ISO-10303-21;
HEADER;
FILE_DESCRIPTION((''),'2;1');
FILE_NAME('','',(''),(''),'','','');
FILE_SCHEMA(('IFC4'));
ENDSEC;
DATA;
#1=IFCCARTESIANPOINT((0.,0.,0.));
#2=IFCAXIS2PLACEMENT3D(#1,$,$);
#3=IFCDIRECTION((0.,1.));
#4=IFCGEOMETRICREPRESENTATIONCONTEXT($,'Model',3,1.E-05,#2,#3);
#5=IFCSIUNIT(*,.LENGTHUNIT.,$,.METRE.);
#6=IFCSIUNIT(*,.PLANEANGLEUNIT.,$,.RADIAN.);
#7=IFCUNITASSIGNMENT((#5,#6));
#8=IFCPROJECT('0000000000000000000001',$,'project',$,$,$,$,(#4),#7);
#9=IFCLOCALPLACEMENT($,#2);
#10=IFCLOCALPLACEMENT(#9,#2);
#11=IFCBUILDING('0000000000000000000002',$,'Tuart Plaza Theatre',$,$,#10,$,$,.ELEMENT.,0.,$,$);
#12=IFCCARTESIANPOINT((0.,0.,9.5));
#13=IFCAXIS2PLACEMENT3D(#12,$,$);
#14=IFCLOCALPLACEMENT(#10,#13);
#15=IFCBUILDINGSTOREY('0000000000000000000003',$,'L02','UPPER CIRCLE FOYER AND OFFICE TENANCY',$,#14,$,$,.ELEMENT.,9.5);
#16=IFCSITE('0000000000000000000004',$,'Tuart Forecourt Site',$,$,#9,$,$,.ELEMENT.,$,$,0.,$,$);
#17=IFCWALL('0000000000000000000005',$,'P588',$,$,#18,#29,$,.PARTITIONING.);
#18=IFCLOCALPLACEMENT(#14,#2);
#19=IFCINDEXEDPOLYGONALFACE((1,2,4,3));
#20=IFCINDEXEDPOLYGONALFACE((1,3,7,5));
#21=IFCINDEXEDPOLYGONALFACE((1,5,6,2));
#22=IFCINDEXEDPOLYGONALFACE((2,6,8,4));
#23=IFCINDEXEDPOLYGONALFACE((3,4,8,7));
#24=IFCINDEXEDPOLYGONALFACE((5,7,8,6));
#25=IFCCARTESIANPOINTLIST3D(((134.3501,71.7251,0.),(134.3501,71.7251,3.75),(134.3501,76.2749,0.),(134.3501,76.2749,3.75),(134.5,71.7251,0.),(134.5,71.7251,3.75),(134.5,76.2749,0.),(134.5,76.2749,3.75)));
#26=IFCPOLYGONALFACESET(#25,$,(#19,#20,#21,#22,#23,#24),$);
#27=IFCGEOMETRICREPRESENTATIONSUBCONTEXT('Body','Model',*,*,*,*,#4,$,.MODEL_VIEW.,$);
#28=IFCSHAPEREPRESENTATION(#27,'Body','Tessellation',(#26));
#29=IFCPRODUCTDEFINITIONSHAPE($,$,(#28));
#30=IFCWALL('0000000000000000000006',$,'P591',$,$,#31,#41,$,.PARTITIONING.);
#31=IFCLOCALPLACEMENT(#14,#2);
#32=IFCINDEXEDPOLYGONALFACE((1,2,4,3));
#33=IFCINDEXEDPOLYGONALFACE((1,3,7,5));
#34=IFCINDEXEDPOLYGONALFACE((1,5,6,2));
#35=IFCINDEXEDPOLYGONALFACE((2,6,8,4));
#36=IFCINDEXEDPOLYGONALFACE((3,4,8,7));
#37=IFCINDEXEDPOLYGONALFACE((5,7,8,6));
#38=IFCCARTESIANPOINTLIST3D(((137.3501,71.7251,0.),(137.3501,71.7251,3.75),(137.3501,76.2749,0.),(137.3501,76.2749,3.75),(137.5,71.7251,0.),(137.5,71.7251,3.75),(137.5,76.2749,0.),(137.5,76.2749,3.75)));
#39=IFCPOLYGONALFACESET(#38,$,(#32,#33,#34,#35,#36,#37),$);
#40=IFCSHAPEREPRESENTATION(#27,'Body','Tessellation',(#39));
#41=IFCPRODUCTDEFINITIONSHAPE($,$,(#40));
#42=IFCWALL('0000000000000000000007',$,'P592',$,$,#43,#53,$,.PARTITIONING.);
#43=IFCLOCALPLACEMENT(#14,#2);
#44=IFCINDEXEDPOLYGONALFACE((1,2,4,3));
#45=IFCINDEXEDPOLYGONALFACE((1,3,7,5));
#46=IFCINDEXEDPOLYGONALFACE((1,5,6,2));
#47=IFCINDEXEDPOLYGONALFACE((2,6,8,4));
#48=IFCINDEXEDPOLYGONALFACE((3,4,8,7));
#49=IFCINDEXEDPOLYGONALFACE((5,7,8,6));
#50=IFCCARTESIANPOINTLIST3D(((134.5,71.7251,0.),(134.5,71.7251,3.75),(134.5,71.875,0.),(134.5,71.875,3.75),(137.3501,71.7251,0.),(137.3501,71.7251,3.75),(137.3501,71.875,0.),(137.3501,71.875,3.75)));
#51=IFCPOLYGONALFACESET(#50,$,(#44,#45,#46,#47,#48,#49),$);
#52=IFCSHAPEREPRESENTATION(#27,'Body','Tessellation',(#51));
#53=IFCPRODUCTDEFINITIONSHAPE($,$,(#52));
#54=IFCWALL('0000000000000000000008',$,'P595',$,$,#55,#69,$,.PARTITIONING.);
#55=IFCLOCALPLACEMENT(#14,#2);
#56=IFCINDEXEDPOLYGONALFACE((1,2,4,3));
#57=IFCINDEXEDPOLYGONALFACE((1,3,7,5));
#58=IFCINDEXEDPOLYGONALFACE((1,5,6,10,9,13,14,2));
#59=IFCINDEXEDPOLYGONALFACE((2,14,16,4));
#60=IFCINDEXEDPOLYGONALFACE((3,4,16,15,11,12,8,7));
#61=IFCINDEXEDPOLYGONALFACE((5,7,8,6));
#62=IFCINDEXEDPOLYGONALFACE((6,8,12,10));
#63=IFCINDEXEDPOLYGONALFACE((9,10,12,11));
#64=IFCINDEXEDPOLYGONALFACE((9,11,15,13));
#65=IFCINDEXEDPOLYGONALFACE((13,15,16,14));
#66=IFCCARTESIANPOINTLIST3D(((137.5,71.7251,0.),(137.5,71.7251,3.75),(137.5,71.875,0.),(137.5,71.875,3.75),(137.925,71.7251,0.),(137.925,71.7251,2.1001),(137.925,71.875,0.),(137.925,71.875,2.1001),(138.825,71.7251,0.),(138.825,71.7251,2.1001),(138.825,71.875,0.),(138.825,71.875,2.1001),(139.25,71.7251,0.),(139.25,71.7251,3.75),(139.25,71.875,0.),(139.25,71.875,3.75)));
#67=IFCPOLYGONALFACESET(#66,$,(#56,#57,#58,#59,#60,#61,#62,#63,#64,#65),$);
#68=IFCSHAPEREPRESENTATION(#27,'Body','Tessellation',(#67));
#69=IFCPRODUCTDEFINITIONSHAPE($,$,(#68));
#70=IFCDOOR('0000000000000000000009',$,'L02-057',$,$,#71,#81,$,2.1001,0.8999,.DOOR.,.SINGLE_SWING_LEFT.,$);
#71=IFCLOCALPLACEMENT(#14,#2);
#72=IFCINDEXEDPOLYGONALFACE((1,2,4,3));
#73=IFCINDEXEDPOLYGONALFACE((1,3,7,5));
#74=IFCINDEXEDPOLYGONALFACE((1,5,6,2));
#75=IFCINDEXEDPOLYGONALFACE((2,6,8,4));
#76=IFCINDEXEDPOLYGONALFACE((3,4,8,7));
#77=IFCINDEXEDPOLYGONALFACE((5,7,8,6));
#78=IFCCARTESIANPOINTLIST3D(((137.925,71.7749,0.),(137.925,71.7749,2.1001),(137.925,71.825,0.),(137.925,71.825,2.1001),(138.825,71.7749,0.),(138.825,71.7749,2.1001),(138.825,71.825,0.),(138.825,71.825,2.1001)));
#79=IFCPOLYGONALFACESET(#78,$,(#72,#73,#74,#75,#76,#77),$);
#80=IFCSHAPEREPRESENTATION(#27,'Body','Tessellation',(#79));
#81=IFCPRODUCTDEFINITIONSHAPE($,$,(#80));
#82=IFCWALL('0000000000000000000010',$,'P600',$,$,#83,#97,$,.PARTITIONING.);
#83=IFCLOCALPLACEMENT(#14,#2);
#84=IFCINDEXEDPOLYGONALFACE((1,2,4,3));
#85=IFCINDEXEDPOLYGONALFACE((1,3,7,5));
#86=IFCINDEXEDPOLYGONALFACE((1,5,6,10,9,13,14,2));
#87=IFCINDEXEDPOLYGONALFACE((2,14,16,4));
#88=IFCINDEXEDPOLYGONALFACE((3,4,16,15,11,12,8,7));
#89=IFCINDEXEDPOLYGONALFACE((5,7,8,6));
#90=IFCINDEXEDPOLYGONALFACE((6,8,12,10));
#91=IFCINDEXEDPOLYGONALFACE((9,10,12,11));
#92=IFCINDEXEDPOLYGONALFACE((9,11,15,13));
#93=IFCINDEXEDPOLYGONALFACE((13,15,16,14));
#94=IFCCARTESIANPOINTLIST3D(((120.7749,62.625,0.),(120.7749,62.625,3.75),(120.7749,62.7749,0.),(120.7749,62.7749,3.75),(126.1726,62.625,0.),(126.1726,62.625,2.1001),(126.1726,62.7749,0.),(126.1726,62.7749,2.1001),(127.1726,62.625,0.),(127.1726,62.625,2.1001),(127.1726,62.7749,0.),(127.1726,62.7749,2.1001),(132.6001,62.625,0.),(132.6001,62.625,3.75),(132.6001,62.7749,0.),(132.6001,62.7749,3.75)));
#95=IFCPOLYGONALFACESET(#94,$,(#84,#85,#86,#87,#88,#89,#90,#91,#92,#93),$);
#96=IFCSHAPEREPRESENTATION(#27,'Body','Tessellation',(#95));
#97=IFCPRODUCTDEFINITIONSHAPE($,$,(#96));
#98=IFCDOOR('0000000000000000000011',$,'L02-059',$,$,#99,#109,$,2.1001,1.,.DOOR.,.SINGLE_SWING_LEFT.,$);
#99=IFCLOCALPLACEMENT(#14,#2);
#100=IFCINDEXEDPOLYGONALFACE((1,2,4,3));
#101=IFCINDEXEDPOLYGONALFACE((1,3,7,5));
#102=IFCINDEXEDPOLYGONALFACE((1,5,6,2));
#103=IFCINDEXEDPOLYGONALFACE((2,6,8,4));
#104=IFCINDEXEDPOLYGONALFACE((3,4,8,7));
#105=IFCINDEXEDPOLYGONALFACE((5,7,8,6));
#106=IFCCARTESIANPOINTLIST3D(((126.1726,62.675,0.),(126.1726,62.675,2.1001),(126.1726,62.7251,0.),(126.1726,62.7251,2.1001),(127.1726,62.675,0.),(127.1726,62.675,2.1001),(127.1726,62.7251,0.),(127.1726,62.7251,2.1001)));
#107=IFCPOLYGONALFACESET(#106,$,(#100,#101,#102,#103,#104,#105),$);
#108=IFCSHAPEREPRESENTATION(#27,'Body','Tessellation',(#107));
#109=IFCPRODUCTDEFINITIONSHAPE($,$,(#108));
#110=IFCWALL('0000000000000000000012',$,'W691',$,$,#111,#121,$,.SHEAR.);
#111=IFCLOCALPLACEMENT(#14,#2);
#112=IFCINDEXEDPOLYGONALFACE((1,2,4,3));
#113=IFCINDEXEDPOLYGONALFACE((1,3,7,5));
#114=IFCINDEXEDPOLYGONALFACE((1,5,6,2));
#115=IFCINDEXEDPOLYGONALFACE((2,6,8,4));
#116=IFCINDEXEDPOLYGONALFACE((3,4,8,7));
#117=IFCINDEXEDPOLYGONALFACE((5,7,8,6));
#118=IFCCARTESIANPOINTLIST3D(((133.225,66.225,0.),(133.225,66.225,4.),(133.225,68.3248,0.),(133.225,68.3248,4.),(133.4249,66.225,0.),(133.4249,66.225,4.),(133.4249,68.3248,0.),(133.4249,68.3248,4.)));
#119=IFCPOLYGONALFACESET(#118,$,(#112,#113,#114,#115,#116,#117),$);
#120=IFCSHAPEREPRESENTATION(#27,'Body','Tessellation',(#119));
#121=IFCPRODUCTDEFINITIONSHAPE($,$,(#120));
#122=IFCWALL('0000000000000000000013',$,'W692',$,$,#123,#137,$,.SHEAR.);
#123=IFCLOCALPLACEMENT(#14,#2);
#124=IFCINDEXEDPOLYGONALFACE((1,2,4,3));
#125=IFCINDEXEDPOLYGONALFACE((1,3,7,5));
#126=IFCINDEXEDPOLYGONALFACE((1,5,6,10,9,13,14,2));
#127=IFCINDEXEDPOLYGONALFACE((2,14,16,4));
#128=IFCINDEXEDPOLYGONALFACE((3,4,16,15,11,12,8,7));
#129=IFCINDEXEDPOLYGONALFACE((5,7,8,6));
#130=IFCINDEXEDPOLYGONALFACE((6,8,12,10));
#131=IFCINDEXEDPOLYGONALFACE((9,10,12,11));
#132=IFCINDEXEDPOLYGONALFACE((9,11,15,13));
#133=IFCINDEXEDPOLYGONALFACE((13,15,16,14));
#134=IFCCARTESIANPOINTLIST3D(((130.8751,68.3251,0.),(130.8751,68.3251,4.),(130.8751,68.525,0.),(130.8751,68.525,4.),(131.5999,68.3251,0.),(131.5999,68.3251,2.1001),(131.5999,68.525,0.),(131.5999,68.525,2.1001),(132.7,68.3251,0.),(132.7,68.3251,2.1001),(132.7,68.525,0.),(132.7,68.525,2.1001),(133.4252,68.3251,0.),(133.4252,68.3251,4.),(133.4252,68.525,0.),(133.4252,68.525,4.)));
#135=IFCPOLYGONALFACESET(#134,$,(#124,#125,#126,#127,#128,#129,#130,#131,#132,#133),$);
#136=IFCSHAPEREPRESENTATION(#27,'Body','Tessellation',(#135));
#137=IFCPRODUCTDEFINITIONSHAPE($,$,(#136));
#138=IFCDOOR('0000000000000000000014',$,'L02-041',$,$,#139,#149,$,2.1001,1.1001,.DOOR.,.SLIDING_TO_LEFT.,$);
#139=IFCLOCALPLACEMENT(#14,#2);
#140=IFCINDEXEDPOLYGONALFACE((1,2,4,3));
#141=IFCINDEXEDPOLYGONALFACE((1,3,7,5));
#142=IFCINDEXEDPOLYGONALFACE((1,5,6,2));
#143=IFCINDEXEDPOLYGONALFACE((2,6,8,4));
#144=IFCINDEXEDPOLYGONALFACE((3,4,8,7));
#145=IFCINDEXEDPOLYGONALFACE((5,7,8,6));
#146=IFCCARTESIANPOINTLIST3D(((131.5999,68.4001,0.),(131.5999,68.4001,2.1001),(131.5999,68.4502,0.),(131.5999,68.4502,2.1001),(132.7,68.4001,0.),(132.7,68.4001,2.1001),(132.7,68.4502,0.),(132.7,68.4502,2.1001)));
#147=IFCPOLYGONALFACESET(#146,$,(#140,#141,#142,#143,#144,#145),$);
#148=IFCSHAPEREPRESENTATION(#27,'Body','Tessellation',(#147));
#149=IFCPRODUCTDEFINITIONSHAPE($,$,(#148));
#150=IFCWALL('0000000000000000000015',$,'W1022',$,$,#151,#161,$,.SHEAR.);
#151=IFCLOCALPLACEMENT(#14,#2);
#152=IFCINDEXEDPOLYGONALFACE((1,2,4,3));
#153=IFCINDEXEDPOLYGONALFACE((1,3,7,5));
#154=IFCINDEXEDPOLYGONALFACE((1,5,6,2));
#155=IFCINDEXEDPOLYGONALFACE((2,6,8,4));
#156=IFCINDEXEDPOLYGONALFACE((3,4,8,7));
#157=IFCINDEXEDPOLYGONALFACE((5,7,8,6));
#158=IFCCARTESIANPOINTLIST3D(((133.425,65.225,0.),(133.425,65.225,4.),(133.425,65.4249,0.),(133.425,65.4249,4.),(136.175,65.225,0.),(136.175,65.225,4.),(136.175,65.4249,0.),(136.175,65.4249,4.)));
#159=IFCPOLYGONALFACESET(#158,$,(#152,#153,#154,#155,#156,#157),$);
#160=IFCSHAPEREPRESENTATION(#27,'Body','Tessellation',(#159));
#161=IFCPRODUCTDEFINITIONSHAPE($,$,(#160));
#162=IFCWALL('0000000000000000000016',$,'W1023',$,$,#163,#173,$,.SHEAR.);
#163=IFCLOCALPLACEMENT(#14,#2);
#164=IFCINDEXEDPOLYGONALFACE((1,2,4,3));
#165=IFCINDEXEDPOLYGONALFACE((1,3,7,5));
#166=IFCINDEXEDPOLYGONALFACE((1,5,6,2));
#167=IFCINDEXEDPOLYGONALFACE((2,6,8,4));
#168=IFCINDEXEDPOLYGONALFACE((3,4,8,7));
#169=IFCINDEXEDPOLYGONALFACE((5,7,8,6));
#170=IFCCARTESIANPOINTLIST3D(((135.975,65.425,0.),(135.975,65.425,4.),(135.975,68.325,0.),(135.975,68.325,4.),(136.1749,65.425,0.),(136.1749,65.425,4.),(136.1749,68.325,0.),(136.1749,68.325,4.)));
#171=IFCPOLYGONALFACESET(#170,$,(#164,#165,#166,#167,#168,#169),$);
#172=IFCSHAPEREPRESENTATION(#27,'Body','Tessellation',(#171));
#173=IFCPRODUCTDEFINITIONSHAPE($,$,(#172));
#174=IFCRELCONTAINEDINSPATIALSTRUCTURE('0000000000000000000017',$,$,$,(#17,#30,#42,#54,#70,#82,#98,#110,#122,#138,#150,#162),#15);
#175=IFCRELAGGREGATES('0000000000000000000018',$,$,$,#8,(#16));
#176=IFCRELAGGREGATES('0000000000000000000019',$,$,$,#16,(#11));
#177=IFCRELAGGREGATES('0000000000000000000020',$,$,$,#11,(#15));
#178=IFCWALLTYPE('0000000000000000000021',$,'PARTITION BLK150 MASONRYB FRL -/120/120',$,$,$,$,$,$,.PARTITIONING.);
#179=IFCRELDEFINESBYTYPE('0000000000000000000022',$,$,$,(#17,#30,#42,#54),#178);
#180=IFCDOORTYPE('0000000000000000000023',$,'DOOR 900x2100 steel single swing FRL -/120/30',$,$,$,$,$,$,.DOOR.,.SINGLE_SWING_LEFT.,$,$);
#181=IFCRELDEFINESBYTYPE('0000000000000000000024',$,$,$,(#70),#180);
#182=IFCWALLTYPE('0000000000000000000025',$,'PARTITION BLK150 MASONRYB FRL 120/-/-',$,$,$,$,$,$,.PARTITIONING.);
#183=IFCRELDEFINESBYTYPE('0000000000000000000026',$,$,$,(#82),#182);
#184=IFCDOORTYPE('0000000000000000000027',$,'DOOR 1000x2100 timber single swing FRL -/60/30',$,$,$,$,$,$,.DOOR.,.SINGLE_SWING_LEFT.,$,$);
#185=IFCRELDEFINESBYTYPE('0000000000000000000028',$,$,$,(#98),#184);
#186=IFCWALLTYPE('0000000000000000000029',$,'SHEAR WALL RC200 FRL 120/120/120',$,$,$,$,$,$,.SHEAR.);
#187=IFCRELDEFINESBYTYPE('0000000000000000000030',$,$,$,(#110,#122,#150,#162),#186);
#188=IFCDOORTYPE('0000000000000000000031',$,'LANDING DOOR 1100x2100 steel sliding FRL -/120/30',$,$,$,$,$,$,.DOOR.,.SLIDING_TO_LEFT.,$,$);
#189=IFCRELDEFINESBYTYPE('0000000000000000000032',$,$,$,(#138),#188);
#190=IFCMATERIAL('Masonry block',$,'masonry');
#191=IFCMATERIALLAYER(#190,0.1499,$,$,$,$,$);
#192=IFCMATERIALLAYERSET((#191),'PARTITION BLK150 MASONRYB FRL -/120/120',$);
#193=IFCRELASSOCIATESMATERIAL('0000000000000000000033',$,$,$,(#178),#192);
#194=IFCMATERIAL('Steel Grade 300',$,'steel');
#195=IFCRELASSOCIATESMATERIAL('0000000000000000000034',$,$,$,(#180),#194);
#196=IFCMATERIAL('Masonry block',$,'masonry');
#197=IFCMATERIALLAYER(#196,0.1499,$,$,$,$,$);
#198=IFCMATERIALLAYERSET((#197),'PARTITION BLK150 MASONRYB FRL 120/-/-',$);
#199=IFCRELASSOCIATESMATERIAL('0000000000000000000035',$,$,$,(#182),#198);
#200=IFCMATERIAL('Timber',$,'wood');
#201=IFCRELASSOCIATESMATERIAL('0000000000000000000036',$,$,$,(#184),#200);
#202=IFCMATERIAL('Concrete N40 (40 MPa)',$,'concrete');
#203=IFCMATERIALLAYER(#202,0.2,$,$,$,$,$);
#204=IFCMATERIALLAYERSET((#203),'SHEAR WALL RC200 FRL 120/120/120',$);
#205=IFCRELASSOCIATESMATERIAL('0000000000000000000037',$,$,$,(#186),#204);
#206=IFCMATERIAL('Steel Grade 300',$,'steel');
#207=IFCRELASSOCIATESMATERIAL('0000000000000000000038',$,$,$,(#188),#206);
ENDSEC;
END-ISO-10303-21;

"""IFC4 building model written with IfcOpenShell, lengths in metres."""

from ifc_helpers import new_model, si_unit, direction, frame, frame_2d, origin, place, context, subcontext, project, spatial, rectangle, extrude, material, layer, layer_set, type_object, element, fill, save


model = new_model("IFC4")

# Units and contexts
model_context = context("Model", 3, precision=1e-05, world=origin(), true_north=direction((0.0, 1.0)))
body_context = subcontext(model_context, "Body", "Model", "MODEL_VIEW")
ifc_project = project(units=[si_unit("LENGTHUNIT", "METRE"), si_unit("PLANEANGLEUNIT", "RADIAN")], contexts=[model_context])

# Site, building, storey
site_placement = place(None, origin())
site = spatial("IfcSite", under=ifc_project, at=site_placement, Name="Tuart Forecourt Site", CompositionType="ELEMENT", RefElevation=0.0)
building_placement = place(site_placement, origin())
building = spatial("IfcBuilding", under=site, at=building_placement, Name="Tuart Plaza Theatre", CompositionType="ELEMENT", ElevationOfRefHeight=0.0)
storey_placement = place(building_placement, frame((0.0, 0.0, 9.5)))
storey = spatial("IfcBuildingStorey", under=building, at=storey_placement, Name="L02", Description="UPPER CIRCLE FOYER AND OFFICE TENANCY", CompositionType="ELEMENT", Elevation=9.5)

# Walls
ifc_material_1 = material(Name="Masonry block", Category="masonry")
ifc_layer_1 = layer(ifc_material_1, 0.1499)
ifc_layer_set_1 = layer_set([ifc_layer_1], Name="PARTITION BLK150 MASONRYB FRL -/120/120")
wall_type_1 = type_object("IfcWallType", Name="PARTITION BLK150 MASONRYB FRL -/120/120", PredefinedType="PARTITIONING", material=ifc_layer_set_1)
for number, where, z_axis, x_axis, name in (
    (1, (134.425, 71.7251, 0.0), (0.0, 0.0, 1.0), (0.0, 1.0, 0.0), "P588"),
    (2, (137.425, 71.7251, 0.0), (0.0, 0.0, 1.0), (0.0, 1.0, 0.0), "P591"),
):
    element("IfcWall", number, at=place(storey_placement, frame(where, z_axis=z_axis, x_axis=x_axis)), inside=storey, type_object=wall_type_1, Name=name, PredefinedType="PARTITIONING", context=body_context, shape_type="SweptSolid", body=[
        extrude(rectangle(XDim=4.5498, YDim=0.1499, at=frame_2d((2.2749, 0.0))), origin(), (0.0, 0.0, 1.0), 3.75),
    ])
wall_1_placement = place(storey_placement, frame((134.5, 71.8, 0.0), z_axis=(0.0, 0.0, 1.0), x_axis=(1.0, 0.0, 0.0)))
element("IfcWall", 3, at=wall_1_placement, inside=storey, type_object=wall_type_1, Name="P592", PredefinedType="PARTITIONING", context=body_context, shape_type="SweptSolid", body=[
    extrude(rectangle(XDim=2.8501, YDim=0.1499, at=frame_2d((1.425, 0.0))), origin(), (0.0, 0.0, 1.0), 3.75),
])

# Walls, openings, doors
wall_2_placement = place(storey_placement, frame((137.5, 71.8, 0.0), z_axis=(0.0, 0.0, 1.0), x_axis=(1.0, 0.0, 0.0)))
wall_2 = element("IfcWall", 4, at=wall_2_placement, inside=storey, type_object=wall_type_1, Name="P595", PredefinedType="PARTITIONING", context=body_context, shape_type="SweptSolid", body=[
    extrude(rectangle(XDim=1.75, YDim=0.1499, at=frame_2d((0.875, 0.0))), origin(), (0.0, 0.0, 1.0), 3.75),
])
opening_1_placement = place(wall_2_placement, frame((0.425, 0.0, 0.0)))
opening_1 = element("IfcOpeningElement", 5, at=opening_1_placement, cuts=wall_2, PredefinedType="OPENING", context=body_context, shape_type="SweptSolid", body=[
    extrude(rectangle(XDim=0.8999, YDim=2.1001, at=frame_2d((0.45, 1.05))), frame((0.0, 0.085, 0.0), z_axis=(0.0, -1.0, 0.0), x_axis=(1.0, 0.0, 0.0)), (0.0, 0.0, 1.0), 0.1699),
])
ifc_material_2 = material(Name="Steel Grade 300", Category="steel")
door_type_1 = type_object("IfcDoorType", Name="DOOR 900x2100 steel single swing FRL -/120/30", OperationType="SINGLE_SWING_LEFT", PredefinedType="DOOR", material=ifc_material_2)
door_1_placement = place(opening_1_placement, origin())
door_1 = element("IfcDoor", 6, at=door_1_placement, inside=storey, type_object=door_type_1, Name="L02-057", OperationType="SINGLE_SWING_LEFT", OverallHeight=2.1001, OverallWidth=0.8999, PredefinedType="DOOR", context=body_context, shape_type="SweptSolid", body=[
    extrude(rectangle(XDim=0.8999, YDim=2.1001, at=frame_2d((0.45, 1.05))), frame((0.0, 0.0249, 0.0), z_axis=(0.0, -1.0, 0.0), x_axis=(1.0, 0.0, 0.0)), (0.0, 0.0, 1.0), 0.05),
])
fill(opening_1, door_1)
ifc_material_3 = material(Name="Masonry block", Category="masonry")
ifc_layer_2 = layer(ifc_material_3, 0.1499)
ifc_layer_set_2 = layer_set([ifc_layer_2], Name="PARTITION BLK150 MASONRYB FRL 120/-/-")
wall_type_2 = type_object("IfcWallType", Name="PARTITION BLK150 MASONRYB FRL 120/-/-", PredefinedType="PARTITIONING", material=ifc_layer_set_2)
wall_3_placement = place(storey_placement, frame((132.6001, 62.7, 0.0), z_axis=(0.0, 0.0, 1.0), x_axis=(-1.0, 0.0, 0.0)))
wall_3 = element("IfcWall", 7, at=wall_3_placement, inside=storey, type_object=wall_type_2, Name="P600", PredefinedType="PARTITIONING", context=body_context, shape_type="SweptSolid", body=[
    extrude(rectangle(XDim=11.8252, YDim=0.1499, at=frame_2d((5.9126, 0.0))), origin(), (0.0, 0.0, 1.0), 3.75),
])
opening_2_placement = place(wall_3_placement, frame((5.4275, 0.0, 0.0)))
opening_2 = element("IfcOpeningElement", 8, at=opening_2_placement, cuts=wall_3, PredefinedType="OPENING", context=body_context, shape_type="SweptSolid", body=[
    extrude(rectangle(XDim=1.0, YDim=2.1001, at=frame_2d((0.5, 1.05))), frame((0.0, 0.085, 0.0), z_axis=(0.0, -1.0, 0.0), x_axis=(1.0, 0.0, 0.0)), (0.0, 0.0, 1.0), 0.1699),
])
ifc_material_4 = material(Name="Timber", Category="wood")
door_type_2 = type_object("IfcDoorType", Name="DOOR 1000x2100 timber single swing FRL -/60/30", OperationType="SINGLE_SWING_LEFT", PredefinedType="DOOR", material=ifc_material_4)
door_2_placement = place(opening_2_placement, origin())
door_2 = element("IfcDoor", 9, at=door_2_placement, inside=storey, type_object=door_type_2, Name="L02-059", OperationType="SINGLE_SWING_LEFT", OverallHeight=2.1001, OverallWidth=1.0, PredefinedType="DOOR", context=body_context, shape_type="SweptSolid", body=[
    extrude(rectangle(XDim=1.0, YDim=2.1001, at=frame_2d((0.5, 1.05))), frame((0.0, 0.0249, 0.0), z_axis=(0.0, -1.0, 0.0), x_axis=(1.0, 0.0, 0.0)), (0.0, 0.0, 1.0), 0.05),
])
fill(opening_2, door_2)

# Wall
ifc_material_5 = material(Name="Concrete N40 (40 MPa)", Category="concrete")
ifc_layer_3 = layer(ifc_material_5, 0.2)
ifc_layer_set_3 = layer_set([ifc_layer_3], Name="SHEAR WALL RC200 FRL 120/120/120")
wall_type_3 = type_object("IfcWallType", Name="SHEAR WALL RC200 FRL 120/120/120", PredefinedType="SHEAR", material=ifc_layer_set_3)
wall_4_placement = place(storey_placement, frame((133.325, 66.2251, 0.0), z_axis=(0.0, 0.0, 1.0), x_axis=(0.0, 1.0, 0.0)))
element("IfcWall", 10, at=wall_4_placement, inside=storey, type_object=wall_type_3, Name="W691", PredefinedType="SHEAR", context=body_context, shape_type="SweptSolid", body=[
    extrude(rectangle(XDim=2.0999, YDim=0.2, at=frame_2d((1.0498, 0.0))), origin(), (0.0, 0.0, 1.0), 4.0),
])

# Wall, opening, door
wall_5_placement = place(storey_placement, frame((133.425, 68.425, 0.0), z_axis=(0.0, 0.0, 1.0), x_axis=(-1.0, 0.0, 0.0)))
wall_5 = element("IfcWall", 11, at=wall_5_placement, inside=storey, type_object=wall_type_3, Name="W692", PredefinedType="SHEAR", context=body_context, shape_type="SweptSolid", body=[
    extrude(rectangle(XDim=2.55, YDim=0.2, at=frame_2d((1.2749, 0.0))), origin(), (0.0, 0.0, 1.0), 4.0),
])
opening_3_placement = place(wall_5_placement, frame((0.7251, 0.0, 0.0)))
opening_3 = element("IfcOpeningElement", 12, at=opening_3_placement, cuts=wall_5, PredefinedType="OPENING", context=body_context, shape_type="SweptSolid", body=[
    extrude(rectangle(XDim=1.1001, YDim=2.1001, at=frame_2d((0.55, 1.05))), frame((0.0, 0.1099, 0.0), z_axis=(0.0, -1.0, 0.0), x_axis=(1.0, 0.0, 0.0)), (0.0, 0.0, 1.0), 0.22),
])
ifc_material_6 = material(Name="Steel Grade 300", Category="steel")
door_type_3 = type_object("IfcDoorType", Name="LANDING DOOR 1100x2100 steel sliding FRL -/120/30", OperationType="SLIDING_TO_LEFT", PredefinedType="DOOR", material=ifc_material_6)
door_3_placement = place(opening_3_placement, origin())
door_3 = element("IfcDoor", 13, at=door_3_placement, inside=storey, type_object=door_type_3, Name="L02-041", OperationType="SLIDING_TO_LEFT", OverallHeight=2.1001, OverallWidth=1.1001, PredefinedType="DOOR", context=body_context, shape_type="SweptSolid", body=[
    extrude(rectangle(XDim=1.1001, YDim=2.1001, at=frame_2d((0.55, 1.05))), frame((0.0, 0.0249, 0.0), z_axis=(0.0, -1.0, 0.0), x_axis=(1.0, 0.0, 0.0)), (0.0, 0.0, 1.0), 0.05),
])
fill(opening_3, door_3)

# Walls
wall_6_placement = place(storey_placement, frame((133.425, 65.325, 0.0), z_axis=(0.0, 0.0, 1.0), x_axis=(1.0, 0.0, 0.0)))
element("IfcWall", 14, at=wall_6_placement, inside=storey, type_object=wall_type_3, Name="W1022", PredefinedType="SHEAR", context=body_context, shape_type="SweptSolid", body=[
    extrude(rectangle(XDim=2.75, YDim=0.2, at=frame_2d((1.375, 0.0))), origin(), (0.0, 0.0, 1.0), 4.0),
])
wall_7_placement = place(storey_placement, frame((136.075, 65.425, 0.0), z_axis=(0.0, 0.0, 1.0), x_axis=(0.0, 1.0, 0.0)))
element("IfcWall", 15, at=wall_7_placement, inside=storey, type_object=wall_type_3, Name="W1023", PredefinedType="SHEAR", context=body_context, shape_type="SweptSolid", body=[
    extrude(rectangle(XDim=2.8999, YDim=0.2, at=frame_2d((1.45, 0.0))), origin(), (0.0, 0.0, 1.0), 4.0),
])

save(model, "model.ifc")
